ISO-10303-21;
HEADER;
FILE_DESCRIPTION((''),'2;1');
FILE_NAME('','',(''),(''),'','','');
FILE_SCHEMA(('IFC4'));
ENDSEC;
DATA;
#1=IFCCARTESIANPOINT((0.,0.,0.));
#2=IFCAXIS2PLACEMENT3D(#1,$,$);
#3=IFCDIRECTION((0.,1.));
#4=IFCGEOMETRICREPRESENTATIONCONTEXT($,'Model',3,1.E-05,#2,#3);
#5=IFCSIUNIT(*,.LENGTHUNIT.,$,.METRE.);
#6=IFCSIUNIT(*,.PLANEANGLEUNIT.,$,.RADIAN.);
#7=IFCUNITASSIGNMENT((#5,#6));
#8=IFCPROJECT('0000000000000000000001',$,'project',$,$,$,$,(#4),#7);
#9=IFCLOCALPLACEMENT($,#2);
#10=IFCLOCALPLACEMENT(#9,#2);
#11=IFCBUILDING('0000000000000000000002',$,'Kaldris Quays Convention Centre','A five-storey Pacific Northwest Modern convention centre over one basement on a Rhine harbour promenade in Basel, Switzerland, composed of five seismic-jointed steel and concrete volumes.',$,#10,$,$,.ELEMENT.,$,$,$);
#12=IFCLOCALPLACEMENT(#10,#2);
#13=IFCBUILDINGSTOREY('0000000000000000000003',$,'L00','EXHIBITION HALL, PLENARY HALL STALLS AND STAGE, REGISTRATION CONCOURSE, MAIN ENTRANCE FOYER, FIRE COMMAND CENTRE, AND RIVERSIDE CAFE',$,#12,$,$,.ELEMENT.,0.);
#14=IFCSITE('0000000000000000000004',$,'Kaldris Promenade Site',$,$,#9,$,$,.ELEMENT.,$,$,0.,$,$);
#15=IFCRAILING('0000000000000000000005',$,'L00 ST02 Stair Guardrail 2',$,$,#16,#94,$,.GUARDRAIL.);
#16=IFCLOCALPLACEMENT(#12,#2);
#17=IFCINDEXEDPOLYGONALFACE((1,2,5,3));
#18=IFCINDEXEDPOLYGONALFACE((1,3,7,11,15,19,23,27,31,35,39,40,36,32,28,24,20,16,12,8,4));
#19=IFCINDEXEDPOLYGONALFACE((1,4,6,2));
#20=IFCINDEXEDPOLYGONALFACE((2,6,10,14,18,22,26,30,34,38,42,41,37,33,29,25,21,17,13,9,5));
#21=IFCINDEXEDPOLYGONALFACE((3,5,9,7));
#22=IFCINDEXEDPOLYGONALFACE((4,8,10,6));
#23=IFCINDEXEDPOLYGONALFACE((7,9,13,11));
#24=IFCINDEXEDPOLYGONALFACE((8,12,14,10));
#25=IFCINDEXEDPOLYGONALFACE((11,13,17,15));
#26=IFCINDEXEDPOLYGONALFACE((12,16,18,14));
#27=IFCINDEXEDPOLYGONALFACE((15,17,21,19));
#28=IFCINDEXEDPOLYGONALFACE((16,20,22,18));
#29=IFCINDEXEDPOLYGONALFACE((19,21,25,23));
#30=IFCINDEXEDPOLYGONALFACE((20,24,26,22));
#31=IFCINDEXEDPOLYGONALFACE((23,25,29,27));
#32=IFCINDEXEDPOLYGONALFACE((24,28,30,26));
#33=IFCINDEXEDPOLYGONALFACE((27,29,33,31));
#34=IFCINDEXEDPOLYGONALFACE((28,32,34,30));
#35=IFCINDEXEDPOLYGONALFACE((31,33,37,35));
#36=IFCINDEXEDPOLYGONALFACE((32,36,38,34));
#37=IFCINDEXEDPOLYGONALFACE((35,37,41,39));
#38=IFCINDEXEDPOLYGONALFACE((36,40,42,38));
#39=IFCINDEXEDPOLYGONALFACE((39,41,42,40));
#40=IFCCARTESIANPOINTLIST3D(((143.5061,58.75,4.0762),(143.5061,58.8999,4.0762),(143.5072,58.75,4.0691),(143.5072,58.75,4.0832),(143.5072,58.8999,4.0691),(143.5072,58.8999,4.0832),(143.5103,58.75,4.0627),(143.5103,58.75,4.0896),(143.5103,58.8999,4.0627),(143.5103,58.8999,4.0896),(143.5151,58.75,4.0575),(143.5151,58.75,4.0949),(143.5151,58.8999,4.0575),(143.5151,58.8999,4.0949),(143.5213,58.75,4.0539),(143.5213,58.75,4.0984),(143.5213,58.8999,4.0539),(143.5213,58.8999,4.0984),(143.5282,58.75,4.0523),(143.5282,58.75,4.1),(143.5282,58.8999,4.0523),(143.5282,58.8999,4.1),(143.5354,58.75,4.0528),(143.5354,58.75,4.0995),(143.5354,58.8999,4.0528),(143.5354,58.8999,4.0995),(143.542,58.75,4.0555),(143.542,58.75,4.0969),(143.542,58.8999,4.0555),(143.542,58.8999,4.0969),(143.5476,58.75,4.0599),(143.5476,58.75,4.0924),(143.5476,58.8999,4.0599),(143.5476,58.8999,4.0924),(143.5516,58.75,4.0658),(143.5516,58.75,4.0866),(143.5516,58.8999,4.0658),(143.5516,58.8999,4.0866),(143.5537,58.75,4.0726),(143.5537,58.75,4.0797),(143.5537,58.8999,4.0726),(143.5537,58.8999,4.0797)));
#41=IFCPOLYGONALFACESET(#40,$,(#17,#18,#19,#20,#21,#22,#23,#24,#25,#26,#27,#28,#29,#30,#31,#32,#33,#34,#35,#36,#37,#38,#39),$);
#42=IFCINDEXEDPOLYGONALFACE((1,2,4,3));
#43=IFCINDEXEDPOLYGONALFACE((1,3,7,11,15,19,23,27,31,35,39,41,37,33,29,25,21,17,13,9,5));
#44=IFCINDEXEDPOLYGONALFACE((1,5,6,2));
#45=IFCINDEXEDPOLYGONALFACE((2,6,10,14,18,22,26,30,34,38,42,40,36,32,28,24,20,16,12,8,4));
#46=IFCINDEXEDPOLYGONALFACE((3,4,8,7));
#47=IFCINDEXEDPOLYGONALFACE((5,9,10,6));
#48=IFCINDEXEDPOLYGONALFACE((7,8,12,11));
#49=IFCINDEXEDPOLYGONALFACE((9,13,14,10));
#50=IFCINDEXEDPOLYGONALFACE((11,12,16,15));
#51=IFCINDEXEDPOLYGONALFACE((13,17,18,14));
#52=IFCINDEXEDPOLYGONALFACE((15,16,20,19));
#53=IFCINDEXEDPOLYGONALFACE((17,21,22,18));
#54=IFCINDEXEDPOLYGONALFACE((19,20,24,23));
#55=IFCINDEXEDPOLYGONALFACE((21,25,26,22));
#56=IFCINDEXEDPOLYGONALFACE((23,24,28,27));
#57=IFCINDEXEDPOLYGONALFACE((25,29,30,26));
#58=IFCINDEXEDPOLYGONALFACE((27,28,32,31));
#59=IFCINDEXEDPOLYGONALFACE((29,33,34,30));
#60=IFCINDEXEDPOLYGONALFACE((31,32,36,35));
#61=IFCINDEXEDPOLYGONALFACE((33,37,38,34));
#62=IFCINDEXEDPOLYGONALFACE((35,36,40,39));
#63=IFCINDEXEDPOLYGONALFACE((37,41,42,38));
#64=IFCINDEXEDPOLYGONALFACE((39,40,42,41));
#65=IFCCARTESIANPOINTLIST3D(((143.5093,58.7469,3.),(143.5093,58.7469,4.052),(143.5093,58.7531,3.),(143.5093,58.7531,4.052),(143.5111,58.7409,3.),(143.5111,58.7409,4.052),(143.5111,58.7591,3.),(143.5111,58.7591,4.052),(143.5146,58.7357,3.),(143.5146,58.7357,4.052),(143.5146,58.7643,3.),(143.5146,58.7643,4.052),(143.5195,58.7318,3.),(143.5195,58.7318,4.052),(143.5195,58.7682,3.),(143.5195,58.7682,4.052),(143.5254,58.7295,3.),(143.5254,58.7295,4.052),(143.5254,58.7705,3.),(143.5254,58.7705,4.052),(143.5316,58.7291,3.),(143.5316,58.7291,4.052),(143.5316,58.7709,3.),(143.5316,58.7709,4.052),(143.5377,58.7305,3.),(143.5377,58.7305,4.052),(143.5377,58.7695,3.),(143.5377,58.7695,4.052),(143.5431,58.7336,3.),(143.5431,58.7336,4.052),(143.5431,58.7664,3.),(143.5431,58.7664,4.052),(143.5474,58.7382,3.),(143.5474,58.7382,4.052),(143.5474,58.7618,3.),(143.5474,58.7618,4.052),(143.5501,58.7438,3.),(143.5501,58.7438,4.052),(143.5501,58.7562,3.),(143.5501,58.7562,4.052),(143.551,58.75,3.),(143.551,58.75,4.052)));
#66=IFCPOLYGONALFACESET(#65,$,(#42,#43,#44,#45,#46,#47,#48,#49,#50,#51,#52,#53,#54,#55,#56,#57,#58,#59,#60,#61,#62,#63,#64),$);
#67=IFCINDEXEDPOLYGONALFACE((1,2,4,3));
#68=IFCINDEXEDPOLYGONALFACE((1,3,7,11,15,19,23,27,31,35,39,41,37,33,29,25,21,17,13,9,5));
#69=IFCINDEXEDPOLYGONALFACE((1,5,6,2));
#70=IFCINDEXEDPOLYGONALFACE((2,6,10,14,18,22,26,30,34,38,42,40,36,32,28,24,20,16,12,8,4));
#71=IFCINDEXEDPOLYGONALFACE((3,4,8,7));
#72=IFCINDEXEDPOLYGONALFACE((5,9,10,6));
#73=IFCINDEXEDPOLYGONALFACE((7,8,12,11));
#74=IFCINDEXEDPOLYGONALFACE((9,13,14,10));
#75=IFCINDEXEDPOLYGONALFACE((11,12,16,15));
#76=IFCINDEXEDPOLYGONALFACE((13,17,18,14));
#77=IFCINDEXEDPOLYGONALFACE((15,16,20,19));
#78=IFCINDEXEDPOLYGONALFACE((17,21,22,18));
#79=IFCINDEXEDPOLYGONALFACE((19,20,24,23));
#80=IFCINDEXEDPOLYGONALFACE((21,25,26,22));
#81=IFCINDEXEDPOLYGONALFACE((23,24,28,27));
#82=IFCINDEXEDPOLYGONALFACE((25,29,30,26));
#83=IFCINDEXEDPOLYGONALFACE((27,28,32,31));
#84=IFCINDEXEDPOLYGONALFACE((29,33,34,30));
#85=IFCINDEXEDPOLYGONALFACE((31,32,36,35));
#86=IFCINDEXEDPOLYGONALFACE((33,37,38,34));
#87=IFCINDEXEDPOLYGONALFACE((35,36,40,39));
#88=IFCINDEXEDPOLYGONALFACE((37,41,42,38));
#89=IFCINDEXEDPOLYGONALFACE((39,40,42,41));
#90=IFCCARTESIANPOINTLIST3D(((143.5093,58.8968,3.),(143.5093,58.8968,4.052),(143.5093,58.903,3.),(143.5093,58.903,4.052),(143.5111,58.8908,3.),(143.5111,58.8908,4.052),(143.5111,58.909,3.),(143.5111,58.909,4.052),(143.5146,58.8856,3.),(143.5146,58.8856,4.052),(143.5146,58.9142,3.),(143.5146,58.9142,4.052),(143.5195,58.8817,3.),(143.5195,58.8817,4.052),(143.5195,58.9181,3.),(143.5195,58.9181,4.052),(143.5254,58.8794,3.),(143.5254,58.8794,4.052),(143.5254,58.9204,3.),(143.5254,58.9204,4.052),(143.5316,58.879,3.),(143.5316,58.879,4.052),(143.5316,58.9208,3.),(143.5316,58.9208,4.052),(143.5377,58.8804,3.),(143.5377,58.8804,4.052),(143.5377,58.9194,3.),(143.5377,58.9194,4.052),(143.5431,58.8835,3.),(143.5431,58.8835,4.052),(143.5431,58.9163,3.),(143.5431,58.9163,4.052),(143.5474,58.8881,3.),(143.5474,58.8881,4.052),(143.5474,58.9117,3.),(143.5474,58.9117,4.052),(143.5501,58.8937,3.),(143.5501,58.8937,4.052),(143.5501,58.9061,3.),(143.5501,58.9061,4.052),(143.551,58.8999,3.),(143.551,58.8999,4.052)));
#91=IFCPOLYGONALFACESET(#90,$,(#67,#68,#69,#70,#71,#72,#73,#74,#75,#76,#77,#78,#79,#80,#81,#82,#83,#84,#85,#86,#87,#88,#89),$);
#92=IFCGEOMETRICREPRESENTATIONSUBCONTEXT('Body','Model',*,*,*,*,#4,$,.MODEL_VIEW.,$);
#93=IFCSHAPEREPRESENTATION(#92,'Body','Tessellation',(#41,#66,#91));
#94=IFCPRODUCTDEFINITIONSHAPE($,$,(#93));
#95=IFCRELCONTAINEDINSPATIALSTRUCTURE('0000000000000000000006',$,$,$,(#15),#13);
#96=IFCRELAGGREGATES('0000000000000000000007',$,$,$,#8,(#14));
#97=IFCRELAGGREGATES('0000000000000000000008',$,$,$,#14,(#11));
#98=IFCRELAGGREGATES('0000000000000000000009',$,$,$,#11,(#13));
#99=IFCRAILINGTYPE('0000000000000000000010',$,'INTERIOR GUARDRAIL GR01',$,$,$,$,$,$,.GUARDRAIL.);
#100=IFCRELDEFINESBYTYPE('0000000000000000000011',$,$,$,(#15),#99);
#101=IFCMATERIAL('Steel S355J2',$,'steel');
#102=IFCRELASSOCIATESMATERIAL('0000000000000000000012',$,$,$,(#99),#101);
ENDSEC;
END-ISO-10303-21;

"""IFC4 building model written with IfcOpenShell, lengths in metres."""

from ifc_helpers import new_model, si_unit, direction, frame, origin, origin_2d, place, context, subcontext, project, spatial, circle, extrude, material, type_object, element, save


model = new_model("IFC4")

# Units and contexts
model_context = context("Model", 3, precision=1e-05, world=origin(), true_north=direction((0.0, 1.0)))
body_context = subcontext(model_context, "Body", "Model", "MODEL_VIEW")
ifc_project = project(units=[si_unit("LENGTHUNIT", "METRE"), si_unit("PLANEANGLEUNIT", "RADIAN")], contexts=[model_context])

# Site, building, storey
site_placement = place(None, origin())
site = spatial("IfcSite", under=ifc_project, at=site_placement, Name="Kaldris Promenade Site", CompositionType="ELEMENT", RefElevation=0.0)
building_placement = place(site_placement, origin())
building = spatial("IfcBuilding", under=site, at=building_placement, Name="Kaldris Quays Convention Centre", Description="A five-storey Pacific Northwest Modern convention centre over one basement on a Rhine harbour promenade in Basel, Switzerland, composed of five seismic-jointed steel and concrete volumes.", CompositionType="ELEMENT")
storey_placement = place(building_placement, origin())
storey = spatial("IfcBuildingStorey", under=building, at=storey_placement, Name="L00", Description="EXHIBITION HALL, PLENARY HALL STALLS AND STAGE, REGISTRATION CONCOURSE, MAIN ENTRANCE FOYER, FIRE COMMAND CENTRE, AND RIVERSIDE CAFE", CompositionType="ELEMENT", Elevation=0.0)

# Shared definitions
ifc_material_1 = material(Name="Steel S355J2", Category="steel")

# Railing
railing_type_1 = type_object("IfcRailingType", Name="INTERIOR GUARDRAIL GR01", PredefinedType="GUARDRAIL", material=ifc_material_1)
railing_1_placement = place(storey_placement, frame((143.53, 58.75, 3.0)))
element("IfcRailing", 1, at=railing_1_placement, inside=storey, type_object=railing_type_1, Name="L00 ST02 Stair Guardrail 2", PredefinedType="GUARDRAIL", context=body_context, shape_type="SweptSolid", body=[
    extrude(circle(Radius=0.0239, at=origin_2d()), frame((0.0, 0.0, 1.0762), z_axis=(0.0, 1.0, 0.0), x_axis=(-1.0, 0.0, 0.0)), (0.0, 0.0, 1.0), 0.1499),
    extrude(circle(Radius=0.021, at=origin_2d()), origin(), (0.0, 0.0, 1.0), 1.052),
    extrude(circle(Radius=0.021, at=origin_2d()), frame((0.0, 0.1499, 0.0)), (0.0, 0.0, 1.0), 1.052),
])

save(model, "model.ifc")
